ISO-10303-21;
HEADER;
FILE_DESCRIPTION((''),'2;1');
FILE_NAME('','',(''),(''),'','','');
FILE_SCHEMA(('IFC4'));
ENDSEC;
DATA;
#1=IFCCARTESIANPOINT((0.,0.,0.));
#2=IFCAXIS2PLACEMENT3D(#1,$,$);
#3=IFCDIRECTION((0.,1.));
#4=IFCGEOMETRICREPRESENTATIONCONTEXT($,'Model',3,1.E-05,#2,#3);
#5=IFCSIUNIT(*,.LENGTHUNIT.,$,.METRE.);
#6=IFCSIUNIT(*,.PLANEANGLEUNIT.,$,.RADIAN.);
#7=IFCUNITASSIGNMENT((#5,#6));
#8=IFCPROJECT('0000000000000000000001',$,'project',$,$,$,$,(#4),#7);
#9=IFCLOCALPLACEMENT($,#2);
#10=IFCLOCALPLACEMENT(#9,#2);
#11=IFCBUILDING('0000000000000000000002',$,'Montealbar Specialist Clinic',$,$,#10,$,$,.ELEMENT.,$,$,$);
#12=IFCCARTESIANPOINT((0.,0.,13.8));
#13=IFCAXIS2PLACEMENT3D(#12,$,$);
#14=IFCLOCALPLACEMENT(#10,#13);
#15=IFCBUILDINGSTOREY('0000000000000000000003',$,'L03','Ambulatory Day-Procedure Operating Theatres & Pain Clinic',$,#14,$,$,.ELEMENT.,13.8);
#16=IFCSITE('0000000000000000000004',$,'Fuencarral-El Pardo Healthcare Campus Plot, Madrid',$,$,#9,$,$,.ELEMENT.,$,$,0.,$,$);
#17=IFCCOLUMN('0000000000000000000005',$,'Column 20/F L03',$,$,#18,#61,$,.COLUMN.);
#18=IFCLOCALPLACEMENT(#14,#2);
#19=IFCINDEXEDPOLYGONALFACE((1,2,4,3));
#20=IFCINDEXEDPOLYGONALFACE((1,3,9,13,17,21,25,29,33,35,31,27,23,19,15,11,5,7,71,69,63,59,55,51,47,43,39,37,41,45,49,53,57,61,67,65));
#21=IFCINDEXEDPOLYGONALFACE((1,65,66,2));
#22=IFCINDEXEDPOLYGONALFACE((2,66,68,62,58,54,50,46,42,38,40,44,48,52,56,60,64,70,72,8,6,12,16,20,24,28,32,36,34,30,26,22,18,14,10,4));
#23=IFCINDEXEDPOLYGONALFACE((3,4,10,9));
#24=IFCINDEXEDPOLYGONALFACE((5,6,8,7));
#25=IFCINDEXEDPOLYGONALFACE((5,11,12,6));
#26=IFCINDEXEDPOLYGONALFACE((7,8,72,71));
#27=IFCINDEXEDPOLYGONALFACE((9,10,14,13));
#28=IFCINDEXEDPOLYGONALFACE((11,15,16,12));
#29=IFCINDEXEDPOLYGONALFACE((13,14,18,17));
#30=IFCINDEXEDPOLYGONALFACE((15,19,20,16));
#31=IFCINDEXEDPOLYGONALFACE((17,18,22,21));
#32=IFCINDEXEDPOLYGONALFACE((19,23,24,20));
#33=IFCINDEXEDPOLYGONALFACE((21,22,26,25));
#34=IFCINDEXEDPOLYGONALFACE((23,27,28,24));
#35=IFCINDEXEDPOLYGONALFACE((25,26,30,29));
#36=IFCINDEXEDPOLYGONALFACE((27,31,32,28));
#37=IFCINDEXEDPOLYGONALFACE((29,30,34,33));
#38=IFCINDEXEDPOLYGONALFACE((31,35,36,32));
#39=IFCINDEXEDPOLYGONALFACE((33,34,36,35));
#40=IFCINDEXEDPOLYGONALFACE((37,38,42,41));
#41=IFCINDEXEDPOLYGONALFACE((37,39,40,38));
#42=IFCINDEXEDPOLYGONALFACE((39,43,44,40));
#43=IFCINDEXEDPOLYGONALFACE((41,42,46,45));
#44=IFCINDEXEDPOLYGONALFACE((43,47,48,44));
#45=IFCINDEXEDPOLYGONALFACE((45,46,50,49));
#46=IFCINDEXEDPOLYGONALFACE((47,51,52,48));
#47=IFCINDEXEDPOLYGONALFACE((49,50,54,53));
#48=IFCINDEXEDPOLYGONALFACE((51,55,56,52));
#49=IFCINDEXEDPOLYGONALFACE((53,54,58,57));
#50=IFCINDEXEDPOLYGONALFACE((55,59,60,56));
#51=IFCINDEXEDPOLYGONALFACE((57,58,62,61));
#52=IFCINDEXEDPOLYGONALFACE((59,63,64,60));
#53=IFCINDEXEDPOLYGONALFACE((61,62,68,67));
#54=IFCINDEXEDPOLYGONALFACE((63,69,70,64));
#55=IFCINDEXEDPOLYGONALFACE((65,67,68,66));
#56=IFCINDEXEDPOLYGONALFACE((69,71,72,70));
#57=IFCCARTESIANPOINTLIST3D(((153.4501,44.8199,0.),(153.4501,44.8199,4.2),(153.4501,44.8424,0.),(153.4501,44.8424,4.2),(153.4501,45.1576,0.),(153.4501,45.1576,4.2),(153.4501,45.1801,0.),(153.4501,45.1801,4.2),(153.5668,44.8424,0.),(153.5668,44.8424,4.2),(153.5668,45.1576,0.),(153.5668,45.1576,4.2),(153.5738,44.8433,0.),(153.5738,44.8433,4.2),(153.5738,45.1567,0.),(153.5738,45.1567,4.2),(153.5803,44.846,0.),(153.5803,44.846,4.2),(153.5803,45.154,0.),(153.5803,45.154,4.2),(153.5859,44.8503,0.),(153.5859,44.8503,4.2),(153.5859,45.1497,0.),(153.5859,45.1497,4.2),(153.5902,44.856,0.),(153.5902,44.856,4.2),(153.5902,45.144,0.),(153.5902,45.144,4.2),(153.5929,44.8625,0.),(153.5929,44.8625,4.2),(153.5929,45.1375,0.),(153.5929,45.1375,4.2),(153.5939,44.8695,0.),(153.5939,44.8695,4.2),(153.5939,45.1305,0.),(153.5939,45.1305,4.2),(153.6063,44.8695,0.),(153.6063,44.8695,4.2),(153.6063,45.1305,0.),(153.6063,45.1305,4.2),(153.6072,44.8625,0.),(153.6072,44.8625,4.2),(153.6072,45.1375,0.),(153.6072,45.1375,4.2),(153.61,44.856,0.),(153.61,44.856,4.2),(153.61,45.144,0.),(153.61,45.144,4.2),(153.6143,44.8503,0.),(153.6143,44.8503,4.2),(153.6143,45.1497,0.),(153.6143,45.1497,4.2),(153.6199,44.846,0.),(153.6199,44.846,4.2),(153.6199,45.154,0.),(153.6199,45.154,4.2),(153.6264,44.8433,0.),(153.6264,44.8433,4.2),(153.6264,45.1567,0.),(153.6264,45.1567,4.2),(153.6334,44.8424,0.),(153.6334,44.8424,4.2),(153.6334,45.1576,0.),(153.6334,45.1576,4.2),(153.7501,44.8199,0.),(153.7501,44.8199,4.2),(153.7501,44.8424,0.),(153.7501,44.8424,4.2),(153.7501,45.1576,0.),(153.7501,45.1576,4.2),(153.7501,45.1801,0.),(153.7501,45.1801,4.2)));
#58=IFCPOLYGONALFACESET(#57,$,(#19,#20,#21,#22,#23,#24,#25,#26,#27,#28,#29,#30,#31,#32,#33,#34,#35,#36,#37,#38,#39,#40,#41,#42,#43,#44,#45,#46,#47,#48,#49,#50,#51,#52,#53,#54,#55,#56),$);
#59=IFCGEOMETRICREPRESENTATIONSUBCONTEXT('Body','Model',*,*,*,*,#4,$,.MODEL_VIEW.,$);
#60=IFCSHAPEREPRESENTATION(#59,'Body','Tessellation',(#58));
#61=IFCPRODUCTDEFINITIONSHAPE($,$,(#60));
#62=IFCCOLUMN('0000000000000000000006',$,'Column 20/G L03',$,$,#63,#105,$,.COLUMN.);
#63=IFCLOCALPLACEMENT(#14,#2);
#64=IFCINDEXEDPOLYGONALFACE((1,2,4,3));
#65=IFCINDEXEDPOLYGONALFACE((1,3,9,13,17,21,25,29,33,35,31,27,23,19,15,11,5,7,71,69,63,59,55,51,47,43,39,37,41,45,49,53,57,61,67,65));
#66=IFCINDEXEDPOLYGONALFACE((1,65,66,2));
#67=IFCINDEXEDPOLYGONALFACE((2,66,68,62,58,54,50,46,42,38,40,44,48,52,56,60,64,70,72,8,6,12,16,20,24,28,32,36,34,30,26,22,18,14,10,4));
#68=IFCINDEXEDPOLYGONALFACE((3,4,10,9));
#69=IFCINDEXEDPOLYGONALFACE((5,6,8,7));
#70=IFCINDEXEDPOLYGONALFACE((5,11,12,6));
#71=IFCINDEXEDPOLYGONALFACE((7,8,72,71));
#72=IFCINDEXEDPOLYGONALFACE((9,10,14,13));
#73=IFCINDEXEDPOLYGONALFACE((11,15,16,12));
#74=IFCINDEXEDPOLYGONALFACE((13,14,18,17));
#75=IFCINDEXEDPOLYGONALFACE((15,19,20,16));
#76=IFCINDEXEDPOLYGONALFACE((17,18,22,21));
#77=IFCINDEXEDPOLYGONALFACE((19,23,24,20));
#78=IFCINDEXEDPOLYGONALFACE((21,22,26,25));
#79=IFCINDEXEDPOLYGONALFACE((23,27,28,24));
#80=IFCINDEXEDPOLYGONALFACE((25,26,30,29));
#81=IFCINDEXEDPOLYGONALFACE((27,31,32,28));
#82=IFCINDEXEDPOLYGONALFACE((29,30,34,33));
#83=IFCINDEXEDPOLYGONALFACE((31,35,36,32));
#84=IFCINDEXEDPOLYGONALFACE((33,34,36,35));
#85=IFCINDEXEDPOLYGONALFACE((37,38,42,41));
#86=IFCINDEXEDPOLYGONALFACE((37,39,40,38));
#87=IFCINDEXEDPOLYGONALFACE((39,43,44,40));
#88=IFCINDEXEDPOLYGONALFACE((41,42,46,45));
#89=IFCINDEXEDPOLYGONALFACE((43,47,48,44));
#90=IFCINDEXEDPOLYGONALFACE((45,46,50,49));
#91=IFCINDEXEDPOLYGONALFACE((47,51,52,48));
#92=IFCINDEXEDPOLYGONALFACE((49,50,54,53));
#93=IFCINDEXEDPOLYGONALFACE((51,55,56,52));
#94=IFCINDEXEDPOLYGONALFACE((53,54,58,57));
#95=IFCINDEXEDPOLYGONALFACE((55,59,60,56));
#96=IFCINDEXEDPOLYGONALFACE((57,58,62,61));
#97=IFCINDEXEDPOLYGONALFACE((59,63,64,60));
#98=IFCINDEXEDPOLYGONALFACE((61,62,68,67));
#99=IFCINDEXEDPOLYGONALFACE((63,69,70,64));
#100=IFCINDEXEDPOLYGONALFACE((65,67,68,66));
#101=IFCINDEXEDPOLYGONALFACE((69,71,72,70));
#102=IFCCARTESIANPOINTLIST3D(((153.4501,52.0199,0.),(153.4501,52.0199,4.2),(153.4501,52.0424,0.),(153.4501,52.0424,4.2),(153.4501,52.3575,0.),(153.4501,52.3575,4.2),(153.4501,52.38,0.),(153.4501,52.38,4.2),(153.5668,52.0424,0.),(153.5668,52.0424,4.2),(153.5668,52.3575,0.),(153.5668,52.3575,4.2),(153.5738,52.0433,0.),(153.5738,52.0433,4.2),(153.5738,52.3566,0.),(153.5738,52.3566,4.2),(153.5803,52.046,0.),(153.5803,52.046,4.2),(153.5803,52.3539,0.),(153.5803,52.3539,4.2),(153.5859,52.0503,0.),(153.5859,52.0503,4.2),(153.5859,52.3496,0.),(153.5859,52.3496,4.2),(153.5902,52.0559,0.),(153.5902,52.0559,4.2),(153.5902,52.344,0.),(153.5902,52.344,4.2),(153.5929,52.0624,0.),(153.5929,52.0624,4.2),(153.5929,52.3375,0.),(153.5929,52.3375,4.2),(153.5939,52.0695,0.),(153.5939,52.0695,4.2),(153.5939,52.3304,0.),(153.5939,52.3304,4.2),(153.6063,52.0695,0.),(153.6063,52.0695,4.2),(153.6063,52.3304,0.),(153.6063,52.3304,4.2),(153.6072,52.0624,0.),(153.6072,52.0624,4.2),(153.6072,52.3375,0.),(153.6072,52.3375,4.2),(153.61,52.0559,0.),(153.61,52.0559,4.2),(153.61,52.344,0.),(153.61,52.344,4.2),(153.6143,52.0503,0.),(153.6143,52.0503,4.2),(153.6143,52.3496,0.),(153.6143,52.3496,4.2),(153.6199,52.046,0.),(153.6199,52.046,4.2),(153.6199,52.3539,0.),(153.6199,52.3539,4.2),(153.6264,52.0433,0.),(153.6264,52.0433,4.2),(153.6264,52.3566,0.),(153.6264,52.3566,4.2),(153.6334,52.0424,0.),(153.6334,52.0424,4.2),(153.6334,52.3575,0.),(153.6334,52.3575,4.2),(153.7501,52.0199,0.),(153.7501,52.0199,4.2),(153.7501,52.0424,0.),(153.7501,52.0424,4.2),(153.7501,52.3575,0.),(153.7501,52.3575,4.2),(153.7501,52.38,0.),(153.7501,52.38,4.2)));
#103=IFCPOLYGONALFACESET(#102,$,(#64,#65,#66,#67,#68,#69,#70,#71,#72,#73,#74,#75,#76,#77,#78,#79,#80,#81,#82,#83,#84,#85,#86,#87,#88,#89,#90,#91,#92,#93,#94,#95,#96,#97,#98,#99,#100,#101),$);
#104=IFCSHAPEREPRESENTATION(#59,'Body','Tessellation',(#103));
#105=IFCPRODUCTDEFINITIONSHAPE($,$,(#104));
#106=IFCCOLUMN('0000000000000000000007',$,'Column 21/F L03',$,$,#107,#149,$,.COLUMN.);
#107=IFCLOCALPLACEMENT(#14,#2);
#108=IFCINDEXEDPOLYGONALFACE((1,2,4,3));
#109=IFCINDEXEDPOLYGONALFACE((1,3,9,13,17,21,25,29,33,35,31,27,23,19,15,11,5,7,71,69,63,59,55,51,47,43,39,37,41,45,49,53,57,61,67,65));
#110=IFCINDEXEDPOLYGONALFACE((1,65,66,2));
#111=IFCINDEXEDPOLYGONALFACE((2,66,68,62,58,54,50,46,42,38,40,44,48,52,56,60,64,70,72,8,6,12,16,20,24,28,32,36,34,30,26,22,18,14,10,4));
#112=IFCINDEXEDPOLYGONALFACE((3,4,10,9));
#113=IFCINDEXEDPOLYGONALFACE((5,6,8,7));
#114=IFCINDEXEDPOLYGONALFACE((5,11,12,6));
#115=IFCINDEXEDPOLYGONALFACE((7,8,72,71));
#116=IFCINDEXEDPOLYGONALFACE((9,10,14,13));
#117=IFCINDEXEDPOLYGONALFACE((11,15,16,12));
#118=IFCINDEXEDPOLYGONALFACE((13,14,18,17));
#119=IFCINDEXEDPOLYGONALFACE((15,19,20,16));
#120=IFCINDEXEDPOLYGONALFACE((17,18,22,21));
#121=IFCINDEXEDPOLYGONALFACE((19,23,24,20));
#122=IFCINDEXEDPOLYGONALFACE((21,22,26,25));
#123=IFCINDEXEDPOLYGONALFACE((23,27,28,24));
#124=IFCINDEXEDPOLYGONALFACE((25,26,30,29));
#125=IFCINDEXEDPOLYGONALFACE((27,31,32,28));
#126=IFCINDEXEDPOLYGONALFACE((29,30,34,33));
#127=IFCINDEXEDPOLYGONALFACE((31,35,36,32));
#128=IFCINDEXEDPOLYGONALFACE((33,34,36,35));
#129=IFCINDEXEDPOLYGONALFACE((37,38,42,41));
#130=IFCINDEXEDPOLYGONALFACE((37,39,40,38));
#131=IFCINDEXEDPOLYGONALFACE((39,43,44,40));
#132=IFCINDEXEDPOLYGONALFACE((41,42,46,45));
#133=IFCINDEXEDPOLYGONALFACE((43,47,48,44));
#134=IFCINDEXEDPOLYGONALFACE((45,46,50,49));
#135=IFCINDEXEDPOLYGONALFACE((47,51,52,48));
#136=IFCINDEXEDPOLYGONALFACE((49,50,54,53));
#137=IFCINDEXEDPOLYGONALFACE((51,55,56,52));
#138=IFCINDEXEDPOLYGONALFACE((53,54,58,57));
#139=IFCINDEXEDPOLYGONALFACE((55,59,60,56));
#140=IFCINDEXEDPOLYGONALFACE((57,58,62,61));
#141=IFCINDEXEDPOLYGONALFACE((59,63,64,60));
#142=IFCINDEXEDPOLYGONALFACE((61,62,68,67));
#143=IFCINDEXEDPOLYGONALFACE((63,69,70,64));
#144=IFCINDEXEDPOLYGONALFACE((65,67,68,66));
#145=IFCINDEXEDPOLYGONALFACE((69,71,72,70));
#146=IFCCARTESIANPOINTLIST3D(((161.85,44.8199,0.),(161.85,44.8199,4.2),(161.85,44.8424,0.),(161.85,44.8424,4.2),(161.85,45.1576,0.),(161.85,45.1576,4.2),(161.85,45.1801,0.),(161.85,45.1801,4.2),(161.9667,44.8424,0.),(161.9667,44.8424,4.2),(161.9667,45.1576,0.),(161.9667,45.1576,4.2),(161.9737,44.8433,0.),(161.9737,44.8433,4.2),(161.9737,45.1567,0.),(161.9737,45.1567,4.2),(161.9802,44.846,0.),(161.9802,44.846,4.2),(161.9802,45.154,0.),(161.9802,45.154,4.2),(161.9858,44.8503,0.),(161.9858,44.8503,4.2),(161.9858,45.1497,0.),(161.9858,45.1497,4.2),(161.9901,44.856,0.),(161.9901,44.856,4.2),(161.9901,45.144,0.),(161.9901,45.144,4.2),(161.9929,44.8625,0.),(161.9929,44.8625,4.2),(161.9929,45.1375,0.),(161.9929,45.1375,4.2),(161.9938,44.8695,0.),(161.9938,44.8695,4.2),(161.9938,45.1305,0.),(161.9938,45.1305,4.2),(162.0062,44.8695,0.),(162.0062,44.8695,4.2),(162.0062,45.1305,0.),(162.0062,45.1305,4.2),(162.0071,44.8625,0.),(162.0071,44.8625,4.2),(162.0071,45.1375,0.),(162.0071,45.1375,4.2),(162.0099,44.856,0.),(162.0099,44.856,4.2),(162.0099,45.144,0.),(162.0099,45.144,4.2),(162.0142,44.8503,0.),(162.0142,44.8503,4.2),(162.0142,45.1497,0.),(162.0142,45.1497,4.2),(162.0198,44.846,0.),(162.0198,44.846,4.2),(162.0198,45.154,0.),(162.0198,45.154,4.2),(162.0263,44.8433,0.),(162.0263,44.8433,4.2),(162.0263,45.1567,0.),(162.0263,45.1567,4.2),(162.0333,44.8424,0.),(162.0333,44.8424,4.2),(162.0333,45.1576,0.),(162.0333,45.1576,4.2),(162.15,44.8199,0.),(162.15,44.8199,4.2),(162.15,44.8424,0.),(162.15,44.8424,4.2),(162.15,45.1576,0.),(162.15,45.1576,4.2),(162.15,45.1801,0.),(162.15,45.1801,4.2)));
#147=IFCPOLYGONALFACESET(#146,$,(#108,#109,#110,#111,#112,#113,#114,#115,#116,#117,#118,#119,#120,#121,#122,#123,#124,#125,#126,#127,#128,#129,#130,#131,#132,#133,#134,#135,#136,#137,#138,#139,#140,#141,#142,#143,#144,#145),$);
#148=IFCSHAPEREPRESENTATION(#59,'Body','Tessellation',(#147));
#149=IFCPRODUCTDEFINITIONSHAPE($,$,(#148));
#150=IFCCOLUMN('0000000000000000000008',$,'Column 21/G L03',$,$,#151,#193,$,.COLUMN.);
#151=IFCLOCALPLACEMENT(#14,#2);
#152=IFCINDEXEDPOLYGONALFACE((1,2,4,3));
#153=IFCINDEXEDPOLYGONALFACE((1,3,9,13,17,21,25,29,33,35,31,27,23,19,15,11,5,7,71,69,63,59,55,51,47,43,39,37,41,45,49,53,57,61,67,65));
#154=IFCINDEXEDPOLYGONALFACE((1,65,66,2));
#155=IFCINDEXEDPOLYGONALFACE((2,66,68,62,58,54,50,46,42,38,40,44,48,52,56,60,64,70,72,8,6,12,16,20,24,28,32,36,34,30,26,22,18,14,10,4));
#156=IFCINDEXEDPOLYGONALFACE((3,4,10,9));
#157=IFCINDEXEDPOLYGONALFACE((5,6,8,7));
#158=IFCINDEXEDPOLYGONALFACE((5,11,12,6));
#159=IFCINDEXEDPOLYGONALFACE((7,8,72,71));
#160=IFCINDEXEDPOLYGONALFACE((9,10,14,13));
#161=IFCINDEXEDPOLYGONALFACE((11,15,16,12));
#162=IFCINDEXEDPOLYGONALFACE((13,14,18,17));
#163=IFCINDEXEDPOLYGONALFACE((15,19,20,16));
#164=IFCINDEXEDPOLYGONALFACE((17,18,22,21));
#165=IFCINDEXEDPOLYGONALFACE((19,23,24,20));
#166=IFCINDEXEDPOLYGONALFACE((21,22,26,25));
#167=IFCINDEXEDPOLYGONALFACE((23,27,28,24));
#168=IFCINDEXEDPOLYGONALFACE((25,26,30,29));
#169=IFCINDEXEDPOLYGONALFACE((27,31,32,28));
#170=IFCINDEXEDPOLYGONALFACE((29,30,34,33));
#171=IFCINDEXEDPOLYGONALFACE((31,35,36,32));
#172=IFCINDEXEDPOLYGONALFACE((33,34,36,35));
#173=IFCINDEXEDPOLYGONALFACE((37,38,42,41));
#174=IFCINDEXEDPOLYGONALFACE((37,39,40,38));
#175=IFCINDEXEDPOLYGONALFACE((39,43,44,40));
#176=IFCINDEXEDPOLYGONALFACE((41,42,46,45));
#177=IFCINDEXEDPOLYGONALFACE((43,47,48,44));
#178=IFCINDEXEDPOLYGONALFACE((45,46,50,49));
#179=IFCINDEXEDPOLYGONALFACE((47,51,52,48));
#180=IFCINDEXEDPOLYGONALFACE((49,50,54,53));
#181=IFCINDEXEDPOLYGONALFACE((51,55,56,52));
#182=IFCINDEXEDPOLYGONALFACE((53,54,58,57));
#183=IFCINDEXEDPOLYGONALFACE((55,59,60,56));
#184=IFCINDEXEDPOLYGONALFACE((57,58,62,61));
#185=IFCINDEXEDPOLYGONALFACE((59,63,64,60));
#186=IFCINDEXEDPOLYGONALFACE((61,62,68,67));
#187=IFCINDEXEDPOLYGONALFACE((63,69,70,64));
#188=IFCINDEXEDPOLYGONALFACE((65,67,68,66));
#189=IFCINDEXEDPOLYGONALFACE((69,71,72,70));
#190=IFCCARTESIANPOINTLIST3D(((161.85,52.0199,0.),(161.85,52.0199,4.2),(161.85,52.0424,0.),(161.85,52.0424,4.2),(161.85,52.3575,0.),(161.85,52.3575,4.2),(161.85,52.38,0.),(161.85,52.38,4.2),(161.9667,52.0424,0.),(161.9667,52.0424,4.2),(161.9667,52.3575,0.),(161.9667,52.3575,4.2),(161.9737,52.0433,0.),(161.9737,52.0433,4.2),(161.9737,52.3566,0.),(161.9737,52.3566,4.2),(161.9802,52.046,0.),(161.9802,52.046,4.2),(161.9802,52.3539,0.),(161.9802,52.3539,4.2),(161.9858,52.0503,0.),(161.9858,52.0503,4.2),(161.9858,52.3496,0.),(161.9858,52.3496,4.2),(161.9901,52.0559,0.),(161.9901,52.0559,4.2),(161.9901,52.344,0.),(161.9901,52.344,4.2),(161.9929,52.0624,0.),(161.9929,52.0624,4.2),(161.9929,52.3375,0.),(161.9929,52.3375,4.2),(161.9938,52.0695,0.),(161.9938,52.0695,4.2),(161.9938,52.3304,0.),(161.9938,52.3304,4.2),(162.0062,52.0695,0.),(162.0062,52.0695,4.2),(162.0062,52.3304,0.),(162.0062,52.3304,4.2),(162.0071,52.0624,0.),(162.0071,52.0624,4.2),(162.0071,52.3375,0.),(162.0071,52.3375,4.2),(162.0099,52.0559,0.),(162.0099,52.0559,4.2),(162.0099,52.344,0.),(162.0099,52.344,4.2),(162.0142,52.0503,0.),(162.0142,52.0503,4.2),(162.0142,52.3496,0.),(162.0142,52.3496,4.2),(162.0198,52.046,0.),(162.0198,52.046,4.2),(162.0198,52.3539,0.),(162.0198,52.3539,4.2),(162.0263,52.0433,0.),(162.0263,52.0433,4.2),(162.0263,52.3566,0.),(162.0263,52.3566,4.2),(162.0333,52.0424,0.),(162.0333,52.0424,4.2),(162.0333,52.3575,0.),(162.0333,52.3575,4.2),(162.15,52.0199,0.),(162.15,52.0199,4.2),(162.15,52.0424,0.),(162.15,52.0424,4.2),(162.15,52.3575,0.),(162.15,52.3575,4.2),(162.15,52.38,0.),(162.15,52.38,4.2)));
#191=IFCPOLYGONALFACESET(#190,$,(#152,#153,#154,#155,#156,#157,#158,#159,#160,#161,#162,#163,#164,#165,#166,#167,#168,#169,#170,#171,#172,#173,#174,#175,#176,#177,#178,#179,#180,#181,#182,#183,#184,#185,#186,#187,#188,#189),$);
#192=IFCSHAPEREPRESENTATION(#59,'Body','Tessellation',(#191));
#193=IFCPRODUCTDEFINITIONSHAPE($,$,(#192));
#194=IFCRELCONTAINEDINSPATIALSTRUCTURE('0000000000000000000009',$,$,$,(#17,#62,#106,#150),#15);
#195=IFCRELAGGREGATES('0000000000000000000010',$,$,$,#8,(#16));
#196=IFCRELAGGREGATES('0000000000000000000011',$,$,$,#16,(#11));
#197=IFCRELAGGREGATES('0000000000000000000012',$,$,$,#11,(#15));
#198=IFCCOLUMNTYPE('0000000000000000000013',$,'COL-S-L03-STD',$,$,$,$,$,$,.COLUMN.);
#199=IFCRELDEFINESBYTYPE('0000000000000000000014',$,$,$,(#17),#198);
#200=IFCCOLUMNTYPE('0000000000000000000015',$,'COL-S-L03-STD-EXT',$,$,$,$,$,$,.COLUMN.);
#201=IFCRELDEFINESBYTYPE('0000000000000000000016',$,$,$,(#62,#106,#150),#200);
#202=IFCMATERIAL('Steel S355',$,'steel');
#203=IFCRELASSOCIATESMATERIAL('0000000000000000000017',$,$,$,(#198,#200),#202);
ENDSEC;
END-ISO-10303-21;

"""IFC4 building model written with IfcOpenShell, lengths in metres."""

from ifc_helpers import new_model, si_unit, direction, frame, origin, origin_2d, place, context, subcontext, project, spatial, i_section, extrude, material, material_profile, profile_set, type_object, element, save


model = new_model("IFC4")

# Units and contexts
model_context = context("Model", 3, precision=1e-05, world=origin(), true_north=direction((0.0, 1.0)))
body_context = subcontext(model_context, "Body", "Model", "MODEL_VIEW")
ifc_project = project(units=[si_unit("LENGTHUNIT", "METRE"), si_unit("PLANEANGLEUNIT", "RADIAN")], contexts=[model_context])

# Site, building, storey
site_placement = place(None, origin())
site = spatial("IfcSite", under=ifc_project, at=site_placement, Name="Fuencarral-El Pardo Healthcare Campus Plot, Madrid", CompositionType="ELEMENT", RefElevation=0.0)
building_placement = place(site_placement, origin())
building = spatial("IfcBuilding", under=site, at=building_placement, Name="Montealbar Specialist Clinic", CompositionType="ELEMENT")
storey_placement = place(building_placement, frame((0.0, 0.0, 13.8)))
storey = spatial("IfcBuildingStorey", under=building, at=storey_placement, Name="L03", Description="Ambulatory Day-Procedure Operating Theatres & Pain Clinic", CompositionType="ELEMENT", Elevation=13.8)

# Columns
ifc_material_1 = material(Name="Steel S355", Category="steel")
ifc_material_profile_1 = material_profile(ifc_material_1, i_section(OverallWidth=0.3, OverallDepth=0.3601, WebThickness=0.0125, FlangeThickness=0.0225, FilletRadius=0.0271, at=origin_2d()), Name="HEB 360", Category="steel")
ifc_profile_set_1 = profile_set([ifc_material_profile_1], Name="Steel S355")
column_type_1 = type_object("IfcColumnType", Name="COL-S-L03-STD", PredefinedType="COLUMN", material=ifc_profile_set_1)
column_placement = place(storey_placement, frame((153.6001, 45.0, 0.0), z_axis=(0.0, 0.0, 1.0), x_axis=(1.0, 0.0, 0.0)))
element("IfcColumn", 1, at=column_placement, inside=storey, type_object=column_type_1, Name="Column 20/F L03", PredefinedType="COLUMN", context=body_context, shape_type="SweptSolid", body=[
    extrude(i_section(OverallWidth=0.3, OverallDepth=0.3601, WebThickness=0.0125, FlangeThickness=0.0225, FilletRadius=0.0271, at=origin_2d()), origin(), (0.0, 0.0, 1.0), 4.2),
])
ifc_material_profile_2 = material_profile(ifc_material_1, i_section(OverallWidth=0.3, OverallDepth=0.3601, WebThickness=0.0125, FlangeThickness=0.0225, FilletRadius=0.0271, at=origin_2d()), Name="HEB 360", Category="steel")
ifc_profile_set_2 = profile_set([ifc_material_profile_2], Name="Steel S355")
column_type_2 = type_object("IfcColumnType", Name="COL-S-L03-STD-EXT", PredefinedType="COLUMN", material=ifc_profile_set_2)
for number, where, z_axis, x_axis, name in (
    (2, (153.6001, 52.2, 0.0), (0.0, 0.0, 1.0), (1.0, 0.0, 0.0), "Column 20/G L03"),
    (3, (162.0, 45.0, 0.0), (0.0, 0.0, 1.0), (1.0, 0.0, 0.0), "Column 21/F L03"),
    (4, (162.0, 52.2, 0.0), (0.0, 0.0, 1.0), (1.0, 0.0, 0.0), "Column 21/G L03"),
):
    element("IfcColumn", number, at=place(storey_placement, frame(where, z_axis=z_axis, x_axis=x_axis)), inside=storey, type_object=column_type_2, Name=name, PredefinedType="COLUMN", context=body_context, shape_type="SweptSolid", body=[
        extrude(i_section(OverallWidth=0.3, OverallDepth=0.3601, WebThickness=0.0125, FlangeThickness=0.0225, FilletRadius=0.0271, at=origin_2d()), origin(), (0.0, 0.0, 1.0), 4.2),
    ])

save(model, "model.ifc")
